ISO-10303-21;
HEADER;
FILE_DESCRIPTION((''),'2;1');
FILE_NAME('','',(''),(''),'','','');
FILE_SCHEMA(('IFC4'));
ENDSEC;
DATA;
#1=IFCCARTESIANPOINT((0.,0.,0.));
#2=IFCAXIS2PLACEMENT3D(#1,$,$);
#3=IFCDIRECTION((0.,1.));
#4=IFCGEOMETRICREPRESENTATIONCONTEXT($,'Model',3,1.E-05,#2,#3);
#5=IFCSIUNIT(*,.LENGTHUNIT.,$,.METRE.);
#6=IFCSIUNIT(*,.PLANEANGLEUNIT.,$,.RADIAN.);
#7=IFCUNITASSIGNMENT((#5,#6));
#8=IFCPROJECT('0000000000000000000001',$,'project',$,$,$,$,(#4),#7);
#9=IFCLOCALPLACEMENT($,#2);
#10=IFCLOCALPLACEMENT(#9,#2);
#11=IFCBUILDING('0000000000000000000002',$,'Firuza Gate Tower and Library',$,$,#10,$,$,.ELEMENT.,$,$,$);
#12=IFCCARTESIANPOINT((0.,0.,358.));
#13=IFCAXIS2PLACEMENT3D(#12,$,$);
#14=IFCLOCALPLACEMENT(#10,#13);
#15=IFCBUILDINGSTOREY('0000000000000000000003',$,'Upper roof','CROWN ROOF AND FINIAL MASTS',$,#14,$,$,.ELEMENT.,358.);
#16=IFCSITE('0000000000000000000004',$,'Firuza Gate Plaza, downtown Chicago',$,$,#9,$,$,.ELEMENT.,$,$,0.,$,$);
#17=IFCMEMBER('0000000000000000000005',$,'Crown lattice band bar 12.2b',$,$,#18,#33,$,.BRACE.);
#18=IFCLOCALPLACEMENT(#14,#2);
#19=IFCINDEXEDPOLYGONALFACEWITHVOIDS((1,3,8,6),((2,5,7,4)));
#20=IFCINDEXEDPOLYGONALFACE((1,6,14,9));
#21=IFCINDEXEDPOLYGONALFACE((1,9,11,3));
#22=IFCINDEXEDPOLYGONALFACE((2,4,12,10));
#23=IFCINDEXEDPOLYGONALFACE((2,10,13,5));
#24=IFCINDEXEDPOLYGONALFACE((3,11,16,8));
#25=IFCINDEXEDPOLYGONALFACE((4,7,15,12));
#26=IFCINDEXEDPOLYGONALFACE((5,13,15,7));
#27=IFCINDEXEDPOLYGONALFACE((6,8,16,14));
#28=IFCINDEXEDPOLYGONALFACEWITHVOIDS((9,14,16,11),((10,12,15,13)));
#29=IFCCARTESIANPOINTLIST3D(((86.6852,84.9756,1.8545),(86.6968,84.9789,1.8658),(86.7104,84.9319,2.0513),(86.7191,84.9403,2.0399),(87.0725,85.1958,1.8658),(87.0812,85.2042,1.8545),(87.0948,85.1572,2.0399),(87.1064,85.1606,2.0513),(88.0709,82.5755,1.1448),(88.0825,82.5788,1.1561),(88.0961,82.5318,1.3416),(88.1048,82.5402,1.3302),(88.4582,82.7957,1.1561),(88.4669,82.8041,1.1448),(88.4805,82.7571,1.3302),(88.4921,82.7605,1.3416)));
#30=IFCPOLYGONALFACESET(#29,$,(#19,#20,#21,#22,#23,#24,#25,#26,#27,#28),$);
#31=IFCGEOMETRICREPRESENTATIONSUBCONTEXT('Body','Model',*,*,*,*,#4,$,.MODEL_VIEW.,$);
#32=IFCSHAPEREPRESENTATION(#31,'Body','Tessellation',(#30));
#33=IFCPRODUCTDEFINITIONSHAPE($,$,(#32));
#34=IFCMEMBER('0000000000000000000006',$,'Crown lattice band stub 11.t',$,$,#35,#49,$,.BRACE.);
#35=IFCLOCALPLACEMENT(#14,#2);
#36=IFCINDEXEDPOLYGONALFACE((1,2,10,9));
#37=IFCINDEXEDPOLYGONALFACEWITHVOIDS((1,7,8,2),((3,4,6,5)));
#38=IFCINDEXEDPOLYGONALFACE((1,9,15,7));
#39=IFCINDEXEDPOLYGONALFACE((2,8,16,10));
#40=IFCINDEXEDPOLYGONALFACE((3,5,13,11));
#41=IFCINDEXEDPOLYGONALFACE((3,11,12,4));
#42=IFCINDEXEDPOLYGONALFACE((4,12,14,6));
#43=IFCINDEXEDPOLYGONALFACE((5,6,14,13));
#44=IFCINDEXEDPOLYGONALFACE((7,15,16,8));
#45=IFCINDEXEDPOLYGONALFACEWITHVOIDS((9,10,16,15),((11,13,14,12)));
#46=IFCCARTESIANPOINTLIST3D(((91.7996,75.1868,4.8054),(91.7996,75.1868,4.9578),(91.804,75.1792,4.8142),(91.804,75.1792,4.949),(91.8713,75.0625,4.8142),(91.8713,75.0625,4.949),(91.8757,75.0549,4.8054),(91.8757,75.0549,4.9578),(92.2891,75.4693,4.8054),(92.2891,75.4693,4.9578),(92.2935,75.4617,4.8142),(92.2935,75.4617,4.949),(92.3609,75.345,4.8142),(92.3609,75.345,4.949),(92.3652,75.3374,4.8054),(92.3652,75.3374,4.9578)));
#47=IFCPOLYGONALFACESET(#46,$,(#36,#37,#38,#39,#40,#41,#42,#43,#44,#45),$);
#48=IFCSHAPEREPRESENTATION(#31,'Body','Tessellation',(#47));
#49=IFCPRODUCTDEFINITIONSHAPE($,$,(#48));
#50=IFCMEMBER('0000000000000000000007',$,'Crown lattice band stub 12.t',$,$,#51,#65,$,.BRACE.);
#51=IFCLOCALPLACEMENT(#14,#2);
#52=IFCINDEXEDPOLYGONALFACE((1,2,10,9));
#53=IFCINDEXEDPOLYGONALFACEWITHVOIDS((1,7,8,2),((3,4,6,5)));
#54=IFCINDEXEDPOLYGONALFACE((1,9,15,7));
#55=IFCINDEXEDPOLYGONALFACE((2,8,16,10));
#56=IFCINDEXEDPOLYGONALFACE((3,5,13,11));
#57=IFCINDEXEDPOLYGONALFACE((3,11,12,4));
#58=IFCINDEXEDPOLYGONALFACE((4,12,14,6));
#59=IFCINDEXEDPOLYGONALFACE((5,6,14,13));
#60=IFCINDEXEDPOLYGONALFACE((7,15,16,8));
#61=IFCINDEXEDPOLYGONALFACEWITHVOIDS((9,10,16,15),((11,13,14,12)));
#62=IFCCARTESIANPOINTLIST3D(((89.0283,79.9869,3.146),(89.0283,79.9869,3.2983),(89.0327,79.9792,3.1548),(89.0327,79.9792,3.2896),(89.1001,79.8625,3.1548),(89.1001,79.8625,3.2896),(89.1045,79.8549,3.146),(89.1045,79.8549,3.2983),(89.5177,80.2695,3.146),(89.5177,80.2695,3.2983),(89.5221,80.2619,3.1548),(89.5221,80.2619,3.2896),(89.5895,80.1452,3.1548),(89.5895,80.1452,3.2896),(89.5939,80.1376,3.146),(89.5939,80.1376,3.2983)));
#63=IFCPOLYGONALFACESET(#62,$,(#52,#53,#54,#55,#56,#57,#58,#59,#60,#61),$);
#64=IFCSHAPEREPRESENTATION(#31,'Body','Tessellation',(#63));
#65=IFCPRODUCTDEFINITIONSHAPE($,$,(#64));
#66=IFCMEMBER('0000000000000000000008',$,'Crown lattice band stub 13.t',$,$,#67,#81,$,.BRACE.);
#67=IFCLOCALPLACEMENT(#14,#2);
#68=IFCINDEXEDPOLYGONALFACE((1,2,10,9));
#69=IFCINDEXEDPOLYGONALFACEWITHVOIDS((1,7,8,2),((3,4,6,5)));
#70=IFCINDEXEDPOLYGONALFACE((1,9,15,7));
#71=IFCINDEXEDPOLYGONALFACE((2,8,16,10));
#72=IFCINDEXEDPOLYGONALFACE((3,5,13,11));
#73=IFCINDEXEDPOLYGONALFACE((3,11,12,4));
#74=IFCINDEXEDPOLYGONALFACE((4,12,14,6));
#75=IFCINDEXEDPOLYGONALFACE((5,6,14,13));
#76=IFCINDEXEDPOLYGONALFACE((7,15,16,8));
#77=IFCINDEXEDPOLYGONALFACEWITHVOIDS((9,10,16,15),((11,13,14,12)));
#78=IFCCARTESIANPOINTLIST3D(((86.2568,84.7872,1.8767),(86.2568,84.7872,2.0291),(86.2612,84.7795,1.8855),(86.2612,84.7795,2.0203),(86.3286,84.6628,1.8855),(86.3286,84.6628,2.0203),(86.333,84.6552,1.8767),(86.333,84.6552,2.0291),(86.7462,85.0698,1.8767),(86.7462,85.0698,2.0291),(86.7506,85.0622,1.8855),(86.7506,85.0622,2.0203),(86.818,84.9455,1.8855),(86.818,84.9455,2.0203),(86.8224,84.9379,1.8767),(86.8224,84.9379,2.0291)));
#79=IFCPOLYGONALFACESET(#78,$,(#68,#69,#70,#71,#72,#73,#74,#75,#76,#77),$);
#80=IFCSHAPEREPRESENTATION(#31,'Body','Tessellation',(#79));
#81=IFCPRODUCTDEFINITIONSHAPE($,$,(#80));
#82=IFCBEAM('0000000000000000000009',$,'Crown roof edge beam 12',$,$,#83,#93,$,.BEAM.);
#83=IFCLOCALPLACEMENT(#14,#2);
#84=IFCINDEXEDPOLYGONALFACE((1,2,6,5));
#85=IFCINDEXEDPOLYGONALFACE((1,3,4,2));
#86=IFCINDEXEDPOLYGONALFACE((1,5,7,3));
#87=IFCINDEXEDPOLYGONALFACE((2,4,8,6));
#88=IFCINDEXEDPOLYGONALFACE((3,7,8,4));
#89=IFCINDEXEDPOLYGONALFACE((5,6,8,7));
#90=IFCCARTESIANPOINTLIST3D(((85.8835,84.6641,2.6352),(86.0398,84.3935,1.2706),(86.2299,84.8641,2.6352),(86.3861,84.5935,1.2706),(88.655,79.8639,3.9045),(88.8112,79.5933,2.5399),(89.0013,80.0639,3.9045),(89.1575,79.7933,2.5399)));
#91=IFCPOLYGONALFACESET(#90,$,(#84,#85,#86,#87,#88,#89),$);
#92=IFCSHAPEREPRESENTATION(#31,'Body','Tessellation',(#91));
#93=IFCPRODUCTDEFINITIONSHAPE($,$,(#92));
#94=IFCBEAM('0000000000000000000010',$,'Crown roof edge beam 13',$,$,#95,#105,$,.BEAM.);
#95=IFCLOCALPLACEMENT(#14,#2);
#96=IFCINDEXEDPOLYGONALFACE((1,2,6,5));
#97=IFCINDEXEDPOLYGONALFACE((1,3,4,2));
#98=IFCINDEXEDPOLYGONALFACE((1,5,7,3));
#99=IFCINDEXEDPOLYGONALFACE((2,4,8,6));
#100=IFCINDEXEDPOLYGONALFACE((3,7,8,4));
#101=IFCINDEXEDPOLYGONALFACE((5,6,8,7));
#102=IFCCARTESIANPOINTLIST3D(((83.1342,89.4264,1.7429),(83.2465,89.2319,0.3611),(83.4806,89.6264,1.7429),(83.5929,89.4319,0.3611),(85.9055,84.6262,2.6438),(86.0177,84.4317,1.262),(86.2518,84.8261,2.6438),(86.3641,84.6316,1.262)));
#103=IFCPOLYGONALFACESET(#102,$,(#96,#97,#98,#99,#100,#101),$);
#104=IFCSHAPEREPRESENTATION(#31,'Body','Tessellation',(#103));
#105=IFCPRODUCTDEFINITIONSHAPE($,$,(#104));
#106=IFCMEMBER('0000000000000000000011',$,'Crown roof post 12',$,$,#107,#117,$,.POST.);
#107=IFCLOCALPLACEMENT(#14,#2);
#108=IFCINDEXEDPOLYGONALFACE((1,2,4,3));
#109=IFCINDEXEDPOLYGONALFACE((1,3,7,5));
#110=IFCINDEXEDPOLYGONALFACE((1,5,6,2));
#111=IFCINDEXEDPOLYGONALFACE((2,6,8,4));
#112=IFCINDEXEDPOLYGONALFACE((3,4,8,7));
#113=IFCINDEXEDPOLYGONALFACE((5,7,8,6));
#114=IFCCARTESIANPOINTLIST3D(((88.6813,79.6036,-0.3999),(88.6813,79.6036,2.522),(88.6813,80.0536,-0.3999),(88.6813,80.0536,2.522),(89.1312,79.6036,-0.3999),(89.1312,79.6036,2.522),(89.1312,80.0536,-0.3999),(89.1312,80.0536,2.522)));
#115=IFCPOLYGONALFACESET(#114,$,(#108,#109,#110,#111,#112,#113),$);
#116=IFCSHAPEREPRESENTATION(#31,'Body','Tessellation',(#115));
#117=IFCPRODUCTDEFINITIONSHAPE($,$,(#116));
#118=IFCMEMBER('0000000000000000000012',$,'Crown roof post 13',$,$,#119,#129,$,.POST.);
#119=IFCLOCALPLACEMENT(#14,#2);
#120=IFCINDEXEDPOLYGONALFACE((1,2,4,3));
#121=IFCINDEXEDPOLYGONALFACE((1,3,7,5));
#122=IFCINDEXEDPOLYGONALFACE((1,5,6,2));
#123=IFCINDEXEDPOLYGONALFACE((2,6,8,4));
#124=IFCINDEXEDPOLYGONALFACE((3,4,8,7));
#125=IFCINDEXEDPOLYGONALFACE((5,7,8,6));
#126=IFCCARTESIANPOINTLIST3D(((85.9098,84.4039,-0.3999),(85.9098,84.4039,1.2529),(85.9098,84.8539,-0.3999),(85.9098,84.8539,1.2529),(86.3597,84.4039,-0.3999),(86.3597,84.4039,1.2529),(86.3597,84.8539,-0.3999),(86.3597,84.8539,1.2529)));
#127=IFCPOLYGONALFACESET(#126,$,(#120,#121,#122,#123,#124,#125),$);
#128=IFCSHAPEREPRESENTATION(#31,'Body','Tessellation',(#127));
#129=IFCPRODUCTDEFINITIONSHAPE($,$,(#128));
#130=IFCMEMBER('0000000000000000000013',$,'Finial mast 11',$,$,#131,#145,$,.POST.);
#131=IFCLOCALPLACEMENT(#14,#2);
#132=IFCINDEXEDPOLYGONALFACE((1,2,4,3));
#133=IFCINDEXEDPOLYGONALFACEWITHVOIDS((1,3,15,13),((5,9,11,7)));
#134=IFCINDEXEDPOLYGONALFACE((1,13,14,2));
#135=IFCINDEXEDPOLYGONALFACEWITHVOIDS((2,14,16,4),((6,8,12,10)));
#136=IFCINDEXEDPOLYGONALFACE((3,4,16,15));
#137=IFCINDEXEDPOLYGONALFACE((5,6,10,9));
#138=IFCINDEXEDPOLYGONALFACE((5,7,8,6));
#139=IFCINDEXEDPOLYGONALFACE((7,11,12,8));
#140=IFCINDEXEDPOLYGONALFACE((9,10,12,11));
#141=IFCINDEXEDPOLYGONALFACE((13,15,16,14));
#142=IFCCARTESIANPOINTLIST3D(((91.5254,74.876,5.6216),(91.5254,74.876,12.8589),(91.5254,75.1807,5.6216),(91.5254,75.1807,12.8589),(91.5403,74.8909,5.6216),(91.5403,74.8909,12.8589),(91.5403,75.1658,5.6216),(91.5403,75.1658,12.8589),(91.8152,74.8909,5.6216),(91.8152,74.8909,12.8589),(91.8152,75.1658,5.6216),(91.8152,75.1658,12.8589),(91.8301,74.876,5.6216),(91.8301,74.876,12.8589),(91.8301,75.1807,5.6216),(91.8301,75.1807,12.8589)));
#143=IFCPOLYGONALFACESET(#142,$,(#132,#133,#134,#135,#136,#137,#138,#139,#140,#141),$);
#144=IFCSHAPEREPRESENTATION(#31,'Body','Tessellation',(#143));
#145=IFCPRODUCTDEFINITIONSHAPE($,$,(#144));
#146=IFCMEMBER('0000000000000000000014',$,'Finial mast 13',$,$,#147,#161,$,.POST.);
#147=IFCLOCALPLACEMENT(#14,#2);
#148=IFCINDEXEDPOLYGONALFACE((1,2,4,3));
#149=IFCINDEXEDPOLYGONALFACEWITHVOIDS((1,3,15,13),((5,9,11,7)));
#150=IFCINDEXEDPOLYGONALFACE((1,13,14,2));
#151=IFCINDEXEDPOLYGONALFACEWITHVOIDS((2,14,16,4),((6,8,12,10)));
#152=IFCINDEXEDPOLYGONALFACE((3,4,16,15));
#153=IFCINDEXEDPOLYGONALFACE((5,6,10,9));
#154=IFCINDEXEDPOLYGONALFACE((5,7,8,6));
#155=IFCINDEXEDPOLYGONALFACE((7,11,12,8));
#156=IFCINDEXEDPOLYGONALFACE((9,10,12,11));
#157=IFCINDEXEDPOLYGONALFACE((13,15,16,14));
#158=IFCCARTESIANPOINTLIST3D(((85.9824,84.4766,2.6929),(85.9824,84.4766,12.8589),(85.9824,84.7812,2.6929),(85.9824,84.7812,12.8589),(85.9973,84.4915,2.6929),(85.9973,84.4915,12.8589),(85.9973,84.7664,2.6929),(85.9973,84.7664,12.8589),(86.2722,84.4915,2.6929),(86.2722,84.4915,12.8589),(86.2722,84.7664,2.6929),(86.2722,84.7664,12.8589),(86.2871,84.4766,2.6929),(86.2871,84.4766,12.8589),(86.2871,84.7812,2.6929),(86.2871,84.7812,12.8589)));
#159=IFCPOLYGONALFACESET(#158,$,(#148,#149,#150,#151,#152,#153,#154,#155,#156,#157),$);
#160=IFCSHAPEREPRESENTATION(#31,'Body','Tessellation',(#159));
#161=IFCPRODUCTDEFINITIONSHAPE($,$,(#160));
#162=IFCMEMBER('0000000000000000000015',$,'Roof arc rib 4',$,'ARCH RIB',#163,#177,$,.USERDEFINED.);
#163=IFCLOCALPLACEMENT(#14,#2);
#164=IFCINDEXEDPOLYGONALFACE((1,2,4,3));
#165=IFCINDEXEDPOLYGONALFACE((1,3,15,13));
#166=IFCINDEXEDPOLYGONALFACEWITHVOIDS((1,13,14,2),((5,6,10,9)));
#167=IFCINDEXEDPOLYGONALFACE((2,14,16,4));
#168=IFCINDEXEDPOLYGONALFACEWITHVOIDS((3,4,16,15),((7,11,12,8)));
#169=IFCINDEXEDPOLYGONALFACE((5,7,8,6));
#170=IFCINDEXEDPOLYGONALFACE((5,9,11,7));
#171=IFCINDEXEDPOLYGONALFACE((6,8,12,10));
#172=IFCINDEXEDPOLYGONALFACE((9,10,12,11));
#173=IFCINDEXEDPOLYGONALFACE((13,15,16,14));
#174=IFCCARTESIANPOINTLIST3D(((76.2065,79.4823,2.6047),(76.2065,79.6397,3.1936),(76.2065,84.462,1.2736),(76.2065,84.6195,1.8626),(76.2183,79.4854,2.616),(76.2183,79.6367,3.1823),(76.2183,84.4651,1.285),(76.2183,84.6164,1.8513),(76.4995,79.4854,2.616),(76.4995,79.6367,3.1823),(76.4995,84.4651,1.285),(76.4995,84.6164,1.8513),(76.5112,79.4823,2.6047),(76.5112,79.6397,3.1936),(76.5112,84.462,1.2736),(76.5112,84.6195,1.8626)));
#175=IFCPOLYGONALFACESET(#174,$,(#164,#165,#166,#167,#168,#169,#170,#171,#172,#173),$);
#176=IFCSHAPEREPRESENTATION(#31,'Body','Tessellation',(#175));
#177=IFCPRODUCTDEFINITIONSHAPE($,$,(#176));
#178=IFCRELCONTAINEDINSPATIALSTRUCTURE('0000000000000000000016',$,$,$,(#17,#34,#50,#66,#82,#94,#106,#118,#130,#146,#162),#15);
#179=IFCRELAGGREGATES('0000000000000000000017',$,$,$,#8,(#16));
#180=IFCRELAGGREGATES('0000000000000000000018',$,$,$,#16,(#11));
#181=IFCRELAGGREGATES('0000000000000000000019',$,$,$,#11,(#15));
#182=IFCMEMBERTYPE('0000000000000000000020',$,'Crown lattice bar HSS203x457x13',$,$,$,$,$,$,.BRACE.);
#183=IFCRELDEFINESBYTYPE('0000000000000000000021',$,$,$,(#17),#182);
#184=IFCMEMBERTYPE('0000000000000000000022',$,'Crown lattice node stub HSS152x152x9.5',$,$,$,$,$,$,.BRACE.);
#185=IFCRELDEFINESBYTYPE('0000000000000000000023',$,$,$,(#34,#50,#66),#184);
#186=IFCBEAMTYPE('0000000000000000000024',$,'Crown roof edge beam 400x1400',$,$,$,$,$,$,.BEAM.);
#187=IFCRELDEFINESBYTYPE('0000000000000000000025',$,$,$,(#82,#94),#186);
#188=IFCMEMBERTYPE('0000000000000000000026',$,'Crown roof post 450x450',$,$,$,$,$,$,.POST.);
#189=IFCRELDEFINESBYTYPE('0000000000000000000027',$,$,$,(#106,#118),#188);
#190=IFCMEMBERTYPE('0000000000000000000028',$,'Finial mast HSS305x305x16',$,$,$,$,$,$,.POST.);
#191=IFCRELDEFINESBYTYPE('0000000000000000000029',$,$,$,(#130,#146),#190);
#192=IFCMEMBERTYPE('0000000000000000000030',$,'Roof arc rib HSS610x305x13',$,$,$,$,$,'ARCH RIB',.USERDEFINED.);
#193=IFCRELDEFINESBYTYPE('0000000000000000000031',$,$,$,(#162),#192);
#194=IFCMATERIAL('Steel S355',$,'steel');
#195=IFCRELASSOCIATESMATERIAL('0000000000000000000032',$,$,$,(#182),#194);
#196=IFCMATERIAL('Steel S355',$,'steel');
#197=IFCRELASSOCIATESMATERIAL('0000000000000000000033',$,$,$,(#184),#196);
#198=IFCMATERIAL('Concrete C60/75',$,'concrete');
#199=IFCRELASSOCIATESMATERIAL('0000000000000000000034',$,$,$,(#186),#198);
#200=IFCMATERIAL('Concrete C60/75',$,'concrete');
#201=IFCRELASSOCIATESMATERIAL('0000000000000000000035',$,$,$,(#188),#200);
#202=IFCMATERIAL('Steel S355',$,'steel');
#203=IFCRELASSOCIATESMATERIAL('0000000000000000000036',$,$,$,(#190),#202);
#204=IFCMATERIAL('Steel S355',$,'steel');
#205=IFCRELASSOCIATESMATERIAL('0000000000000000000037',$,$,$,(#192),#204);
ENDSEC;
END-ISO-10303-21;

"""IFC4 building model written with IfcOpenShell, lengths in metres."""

from ifc_helpers import new_model, si_unit, direction, frame, origin, origin_2d, place, context, subcontext, project, spatial, rectangle, hollow_rectangle, extrude, material, material_profile, profile_set, type_object, element, save


model = new_model("IFC4")

# Units and contexts
model_context = context("Model", 3, precision=1e-05, world=origin(), true_north=direction((0.0, 1.0)))
body_context = subcontext(model_context, "Body", "Model", "MODEL_VIEW")
ifc_project = project(units=[si_unit("LENGTHUNIT", "METRE"), si_unit("PLANEANGLEUNIT", "RADIAN")], contexts=[model_context])

# Site, building, storey
site_placement = place(None, origin())
site = spatial("IfcSite", under=ifc_project, at=site_placement, Name="Firuza Gate Plaza, downtown Chicago", CompositionType="ELEMENT", RefElevation=0.0)
building_placement = place(site_placement, origin())
building = spatial("IfcBuilding", under=site, at=building_placement, Name="Firuza Gate Tower and Library", CompositionType="ELEMENT")
storey_placement = place(building_placement, frame((0.0, 0.0, 358.0)))
storey = spatial("IfcBuildingStorey", under=building, at=storey_placement, Name="Upper roof", Description="CROWN ROOF AND FINIAL MASTS", CompositionType="ELEMENT", Elevation=358.0)

# Members
ifc_material_1 = material(Name="Steel S355", Category="steel")
ifc_material_profile_1 = material_profile(ifc_material_1, hollow_rectangle(XDim=0.4573, YDim=0.2031, WallThickness=0.0117, at=origin_2d()))
ifc_profile_set_1 = profile_set([ifc_material_profile_1], Name="Steel S355")
member_type_1 = type_object("IfcMemberType", Name="Crown lattice bar HSS203x457x13", PredefinedType="BRACE", material=ifc_profile_set_1)
member_1_placement = place(storey_placement, frame((88.2815, 82.668, 1.2432), z_axis=(-0.484375, 0.838951, 0.248076), x_axis=(-0.866023, -0.500005, 0.0)))
element("IfcMember", 1, at=member_1_placement, inside=storey, type_object=member_type_1, Name="Crown lattice band bar 12.2b", PredefinedType="BRACE", context=body_context, shape_type="SweptSolid", body=[
    extrude(hollow_rectangle(XDim=0.4573, YDim=0.2031, WallThickness=0.0117, at=origin_2d()), origin(), (0.0, 0.0, 1.0), 2.8608),
])
ifc_material_2 = material(Name="Steel S355", Category="steel")
ifc_material_profile_2 = material_profile(ifc_material_2, hollow_rectangle(XDim=0.1523, YDim=0.1523, WallThickness=0.0088, at=origin_2d()))
ifc_profile_set_2 = profile_set([ifc_material_profile_2], Name="Steel S355")
member_type_2 = type_object("IfcMemberType", Name="Crown lattice node stub HSS152x152x9.5", PredefinedType="BRACE", material=ifc_profile_set_2)
for number, where, z_axis, x_axis, name in (
    (2, (91.8376, 75.1208, 4.8816), (0.866135, 0.49981, 0.0), (-0.49981, 0.866135, 0.0), "Crown lattice band stub 11.t"),
    (3, (89.0664, 79.9209, 3.2222), (0.865948, 0.500134, 0.0), (-0.500134, 0.865948, 0.0), "Crown lattice band stub 12.t"),
    (4, (86.2949, 84.7212, 1.9529), (0.865948, 0.500134, 0.0), (-0.500134, 0.865948, 0.0), "Crown lattice band stub 13.t"),
):
    element("IfcMember", number, at=place(storey_placement, frame(where, z_axis=z_axis, x_axis=x_axis)), inside=storey, type_object=member_type_2, Name=name, PredefinedType="BRACE", context=body_context, shape_type="SweptSolid", body=[
        extrude(hollow_rectangle(XDim=0.1523, YDim=0.1523, WallThickness=0.0088, at=origin_2d()), origin(), (0.0, 0.0, 1.0), 0.5652),
    ])

# Beams
ifc_material_3 = material(Name="Concrete C60/75", Category="concrete")
ifc_material_profile_3 = material_profile(ifc_material_3, rectangle(XDim=0.3999, YDim=1.3999, at=origin_2d()))
ifc_profile_set_3 = profile_set([ifc_material_profile_3], Name="Concrete C60/75")
beam_type_1 = type_object("IfcBeamType", Name="Crown roof edge beam 400x1400", PredefinedType="BEAM", material=ifc_profile_set_3)
beam_1_placement = place(storey_placement, frame((88.9062, 79.8286, 3.2222), z_axis=(-0.487389, 0.844172, -0.223215), x_axis=(-0.866023, -0.500005, 0.0)))
element("IfcBeam", 5, at=beam_1_placement, inside=storey, type_object=beam_type_1, Name="Crown roof edge beam 12", PredefinedType="BEAM", context=body_context, shape_type="SweptSolid", body=[
    extrude(rectangle(XDim=0.3999, YDim=1.3999, at=origin_2d()), origin(), (0.0, 0.0, 1.0), 5.6863),
])
beam_2_placement = place(storey_placement, frame((86.1348, 84.6289, 1.9529), z_axis=(-0.493496, 0.854825, -0.160426), x_axis=(-0.866042, -0.499972, 0.0)))
element("IfcBeam", 6, at=beam_2_placement, inside=storey, type_object=beam_type_1, Name="Crown roof edge beam 13", PredefinedType="BEAM", context=body_context, shape_type="SweptSolid", body=[
    extrude(rectangle(XDim=0.3999, YDim=1.3999, at=origin_2d()), origin(), (0.0, 0.0, 1.0), 5.6155),
])

# Members
ifc_material_4 = material(Name="Concrete C60/75", Category="concrete")
ifc_material_profile_4 = material_profile(ifc_material_4, rectangle(XDim=0.45, YDim=0.45, at=origin_2d()))
ifc_profile_set_4 = profile_set([ifc_material_profile_4], Name="Concrete C60/75")
member_type_3 = type_object("IfcMemberType", Name="Crown roof post 450x450", PredefinedType="POST", material=ifc_profile_set_4)
member_2_placement = place(storey_placement, frame((88.9062, 79.8286, -0.3999), z_axis=(0.0, 0.0, 1.0), x_axis=(1.0, 0.0, 0.0)))
element("IfcMember", 7, at=member_2_placement, inside=storey, type_object=member_type_3, Name="Crown roof post 12", PredefinedType="POST", context=body_context, shape_type="SweptSolid", body=[
    extrude(rectangle(XDim=0.45, YDim=0.45, at=origin_2d()), origin(), (0.0, 0.0, 1.0), 2.9219),
])
member_3_placement = place(storey_placement, frame((86.1348, 84.6289, -0.3999), z_axis=(0.0, 0.0, 1.0), x_axis=(1.0, 0.0, 0.0)))
element("IfcMember", 8, at=member_3_placement, inside=storey, type_object=member_type_3, Name="Crown roof post 13", PredefinedType="POST", context=body_context, shape_type="SweptSolid", body=[
    extrude(rectangle(XDim=0.45, YDim=0.45, at=origin_2d()), origin(), (0.0, 0.0, 1.0), 1.6528),
])
ifc_material_5 = material(Name="Steel S355", Category="steel")
ifc_material_profile_5 = material_profile(ifc_material_5, hollow_rectangle(XDim=0.3047, YDim=0.3047, WallThickness=0.0149, at=origin_2d()))
ifc_profile_set_5 = profile_set([ifc_material_profile_5], Name="Steel S355")
member_type_4 = type_object("IfcMemberType", Name="Finial mast HSS305x305x16", PredefinedType="POST", material=ifc_profile_set_5)
member_4_placement = place(storey_placement, frame((91.6777, 75.0283, 5.6216), z_axis=(0.0, 0.0, 1.0), x_axis=(1.0, 0.0, 0.0)))
element("IfcMember", 9, at=member_4_placement, inside=storey, type_object=member_type_4, Name="Finial mast 11", PredefinedType="POST", context=body_context, shape_type="SweptSolid", body=[
    extrude(hollow_rectangle(XDim=0.3047, YDim=0.3047, WallThickness=0.0149, at=origin_2d()), origin(), (0.0, 0.0, 1.0), 7.2373),
])
member_5_placement = place(storey_placement, frame((86.1348, 84.6289, 2.6929), z_axis=(0.0, 0.0, 1.0), x_axis=(1.0, 0.0, 0.0)))
element("IfcMember", 10, at=member_5_placement, inside=storey, type_object=member_type_4, Name="Finial mast 13", PredefinedType="POST", context=body_context, shape_type="SweptSolid", body=[
    extrude(hollow_rectangle(XDim=0.3047, YDim=0.3047, WallThickness=0.0149, at=origin_2d()), origin(), (0.0, 0.0, 1.0), 10.166),
])
ifc_material_6 = material(Name="Steel S355", Category="steel")
ifc_material_profile_6 = material_profile(ifc_material_6, hollow_rectangle(XDim=0.3047, YDim=0.6096, WallThickness=0.0117, at=origin_2d()))
ifc_profile_set_6 = profile_set([ifc_material_profile_6], Name="Steel S355")
member_type_5 = type_object("IfcMemberType", Name="Roof arc rib HSS610x305x13", ElementType="ARCH RIB", PredefinedType="USERDEFINED", material=ifc_profile_set_6)
member_6_placement = place(storey_placement, frame((76.3589, 79.561, 2.8992), z_axis=(0.0, 0.966084, -0.258229), x_axis=(-1.0, 0.0, 0.0)))
element("IfcMember", 11, at=member_6_placement, inside=storey, type_object=member_type_5, Name="Roof arc rib 4", ObjectType="ARCH RIB", PredefinedType="USERDEFINED", context=body_context, shape_type="SweptSolid", body=[
    extrude(hollow_rectangle(XDim=0.3047, YDim=0.6096, WallThickness=0.0117, at=origin_2d()), origin(), (0.0, 0.0, 1.0), 5.1545),
])

save(model, "model.ifc")
